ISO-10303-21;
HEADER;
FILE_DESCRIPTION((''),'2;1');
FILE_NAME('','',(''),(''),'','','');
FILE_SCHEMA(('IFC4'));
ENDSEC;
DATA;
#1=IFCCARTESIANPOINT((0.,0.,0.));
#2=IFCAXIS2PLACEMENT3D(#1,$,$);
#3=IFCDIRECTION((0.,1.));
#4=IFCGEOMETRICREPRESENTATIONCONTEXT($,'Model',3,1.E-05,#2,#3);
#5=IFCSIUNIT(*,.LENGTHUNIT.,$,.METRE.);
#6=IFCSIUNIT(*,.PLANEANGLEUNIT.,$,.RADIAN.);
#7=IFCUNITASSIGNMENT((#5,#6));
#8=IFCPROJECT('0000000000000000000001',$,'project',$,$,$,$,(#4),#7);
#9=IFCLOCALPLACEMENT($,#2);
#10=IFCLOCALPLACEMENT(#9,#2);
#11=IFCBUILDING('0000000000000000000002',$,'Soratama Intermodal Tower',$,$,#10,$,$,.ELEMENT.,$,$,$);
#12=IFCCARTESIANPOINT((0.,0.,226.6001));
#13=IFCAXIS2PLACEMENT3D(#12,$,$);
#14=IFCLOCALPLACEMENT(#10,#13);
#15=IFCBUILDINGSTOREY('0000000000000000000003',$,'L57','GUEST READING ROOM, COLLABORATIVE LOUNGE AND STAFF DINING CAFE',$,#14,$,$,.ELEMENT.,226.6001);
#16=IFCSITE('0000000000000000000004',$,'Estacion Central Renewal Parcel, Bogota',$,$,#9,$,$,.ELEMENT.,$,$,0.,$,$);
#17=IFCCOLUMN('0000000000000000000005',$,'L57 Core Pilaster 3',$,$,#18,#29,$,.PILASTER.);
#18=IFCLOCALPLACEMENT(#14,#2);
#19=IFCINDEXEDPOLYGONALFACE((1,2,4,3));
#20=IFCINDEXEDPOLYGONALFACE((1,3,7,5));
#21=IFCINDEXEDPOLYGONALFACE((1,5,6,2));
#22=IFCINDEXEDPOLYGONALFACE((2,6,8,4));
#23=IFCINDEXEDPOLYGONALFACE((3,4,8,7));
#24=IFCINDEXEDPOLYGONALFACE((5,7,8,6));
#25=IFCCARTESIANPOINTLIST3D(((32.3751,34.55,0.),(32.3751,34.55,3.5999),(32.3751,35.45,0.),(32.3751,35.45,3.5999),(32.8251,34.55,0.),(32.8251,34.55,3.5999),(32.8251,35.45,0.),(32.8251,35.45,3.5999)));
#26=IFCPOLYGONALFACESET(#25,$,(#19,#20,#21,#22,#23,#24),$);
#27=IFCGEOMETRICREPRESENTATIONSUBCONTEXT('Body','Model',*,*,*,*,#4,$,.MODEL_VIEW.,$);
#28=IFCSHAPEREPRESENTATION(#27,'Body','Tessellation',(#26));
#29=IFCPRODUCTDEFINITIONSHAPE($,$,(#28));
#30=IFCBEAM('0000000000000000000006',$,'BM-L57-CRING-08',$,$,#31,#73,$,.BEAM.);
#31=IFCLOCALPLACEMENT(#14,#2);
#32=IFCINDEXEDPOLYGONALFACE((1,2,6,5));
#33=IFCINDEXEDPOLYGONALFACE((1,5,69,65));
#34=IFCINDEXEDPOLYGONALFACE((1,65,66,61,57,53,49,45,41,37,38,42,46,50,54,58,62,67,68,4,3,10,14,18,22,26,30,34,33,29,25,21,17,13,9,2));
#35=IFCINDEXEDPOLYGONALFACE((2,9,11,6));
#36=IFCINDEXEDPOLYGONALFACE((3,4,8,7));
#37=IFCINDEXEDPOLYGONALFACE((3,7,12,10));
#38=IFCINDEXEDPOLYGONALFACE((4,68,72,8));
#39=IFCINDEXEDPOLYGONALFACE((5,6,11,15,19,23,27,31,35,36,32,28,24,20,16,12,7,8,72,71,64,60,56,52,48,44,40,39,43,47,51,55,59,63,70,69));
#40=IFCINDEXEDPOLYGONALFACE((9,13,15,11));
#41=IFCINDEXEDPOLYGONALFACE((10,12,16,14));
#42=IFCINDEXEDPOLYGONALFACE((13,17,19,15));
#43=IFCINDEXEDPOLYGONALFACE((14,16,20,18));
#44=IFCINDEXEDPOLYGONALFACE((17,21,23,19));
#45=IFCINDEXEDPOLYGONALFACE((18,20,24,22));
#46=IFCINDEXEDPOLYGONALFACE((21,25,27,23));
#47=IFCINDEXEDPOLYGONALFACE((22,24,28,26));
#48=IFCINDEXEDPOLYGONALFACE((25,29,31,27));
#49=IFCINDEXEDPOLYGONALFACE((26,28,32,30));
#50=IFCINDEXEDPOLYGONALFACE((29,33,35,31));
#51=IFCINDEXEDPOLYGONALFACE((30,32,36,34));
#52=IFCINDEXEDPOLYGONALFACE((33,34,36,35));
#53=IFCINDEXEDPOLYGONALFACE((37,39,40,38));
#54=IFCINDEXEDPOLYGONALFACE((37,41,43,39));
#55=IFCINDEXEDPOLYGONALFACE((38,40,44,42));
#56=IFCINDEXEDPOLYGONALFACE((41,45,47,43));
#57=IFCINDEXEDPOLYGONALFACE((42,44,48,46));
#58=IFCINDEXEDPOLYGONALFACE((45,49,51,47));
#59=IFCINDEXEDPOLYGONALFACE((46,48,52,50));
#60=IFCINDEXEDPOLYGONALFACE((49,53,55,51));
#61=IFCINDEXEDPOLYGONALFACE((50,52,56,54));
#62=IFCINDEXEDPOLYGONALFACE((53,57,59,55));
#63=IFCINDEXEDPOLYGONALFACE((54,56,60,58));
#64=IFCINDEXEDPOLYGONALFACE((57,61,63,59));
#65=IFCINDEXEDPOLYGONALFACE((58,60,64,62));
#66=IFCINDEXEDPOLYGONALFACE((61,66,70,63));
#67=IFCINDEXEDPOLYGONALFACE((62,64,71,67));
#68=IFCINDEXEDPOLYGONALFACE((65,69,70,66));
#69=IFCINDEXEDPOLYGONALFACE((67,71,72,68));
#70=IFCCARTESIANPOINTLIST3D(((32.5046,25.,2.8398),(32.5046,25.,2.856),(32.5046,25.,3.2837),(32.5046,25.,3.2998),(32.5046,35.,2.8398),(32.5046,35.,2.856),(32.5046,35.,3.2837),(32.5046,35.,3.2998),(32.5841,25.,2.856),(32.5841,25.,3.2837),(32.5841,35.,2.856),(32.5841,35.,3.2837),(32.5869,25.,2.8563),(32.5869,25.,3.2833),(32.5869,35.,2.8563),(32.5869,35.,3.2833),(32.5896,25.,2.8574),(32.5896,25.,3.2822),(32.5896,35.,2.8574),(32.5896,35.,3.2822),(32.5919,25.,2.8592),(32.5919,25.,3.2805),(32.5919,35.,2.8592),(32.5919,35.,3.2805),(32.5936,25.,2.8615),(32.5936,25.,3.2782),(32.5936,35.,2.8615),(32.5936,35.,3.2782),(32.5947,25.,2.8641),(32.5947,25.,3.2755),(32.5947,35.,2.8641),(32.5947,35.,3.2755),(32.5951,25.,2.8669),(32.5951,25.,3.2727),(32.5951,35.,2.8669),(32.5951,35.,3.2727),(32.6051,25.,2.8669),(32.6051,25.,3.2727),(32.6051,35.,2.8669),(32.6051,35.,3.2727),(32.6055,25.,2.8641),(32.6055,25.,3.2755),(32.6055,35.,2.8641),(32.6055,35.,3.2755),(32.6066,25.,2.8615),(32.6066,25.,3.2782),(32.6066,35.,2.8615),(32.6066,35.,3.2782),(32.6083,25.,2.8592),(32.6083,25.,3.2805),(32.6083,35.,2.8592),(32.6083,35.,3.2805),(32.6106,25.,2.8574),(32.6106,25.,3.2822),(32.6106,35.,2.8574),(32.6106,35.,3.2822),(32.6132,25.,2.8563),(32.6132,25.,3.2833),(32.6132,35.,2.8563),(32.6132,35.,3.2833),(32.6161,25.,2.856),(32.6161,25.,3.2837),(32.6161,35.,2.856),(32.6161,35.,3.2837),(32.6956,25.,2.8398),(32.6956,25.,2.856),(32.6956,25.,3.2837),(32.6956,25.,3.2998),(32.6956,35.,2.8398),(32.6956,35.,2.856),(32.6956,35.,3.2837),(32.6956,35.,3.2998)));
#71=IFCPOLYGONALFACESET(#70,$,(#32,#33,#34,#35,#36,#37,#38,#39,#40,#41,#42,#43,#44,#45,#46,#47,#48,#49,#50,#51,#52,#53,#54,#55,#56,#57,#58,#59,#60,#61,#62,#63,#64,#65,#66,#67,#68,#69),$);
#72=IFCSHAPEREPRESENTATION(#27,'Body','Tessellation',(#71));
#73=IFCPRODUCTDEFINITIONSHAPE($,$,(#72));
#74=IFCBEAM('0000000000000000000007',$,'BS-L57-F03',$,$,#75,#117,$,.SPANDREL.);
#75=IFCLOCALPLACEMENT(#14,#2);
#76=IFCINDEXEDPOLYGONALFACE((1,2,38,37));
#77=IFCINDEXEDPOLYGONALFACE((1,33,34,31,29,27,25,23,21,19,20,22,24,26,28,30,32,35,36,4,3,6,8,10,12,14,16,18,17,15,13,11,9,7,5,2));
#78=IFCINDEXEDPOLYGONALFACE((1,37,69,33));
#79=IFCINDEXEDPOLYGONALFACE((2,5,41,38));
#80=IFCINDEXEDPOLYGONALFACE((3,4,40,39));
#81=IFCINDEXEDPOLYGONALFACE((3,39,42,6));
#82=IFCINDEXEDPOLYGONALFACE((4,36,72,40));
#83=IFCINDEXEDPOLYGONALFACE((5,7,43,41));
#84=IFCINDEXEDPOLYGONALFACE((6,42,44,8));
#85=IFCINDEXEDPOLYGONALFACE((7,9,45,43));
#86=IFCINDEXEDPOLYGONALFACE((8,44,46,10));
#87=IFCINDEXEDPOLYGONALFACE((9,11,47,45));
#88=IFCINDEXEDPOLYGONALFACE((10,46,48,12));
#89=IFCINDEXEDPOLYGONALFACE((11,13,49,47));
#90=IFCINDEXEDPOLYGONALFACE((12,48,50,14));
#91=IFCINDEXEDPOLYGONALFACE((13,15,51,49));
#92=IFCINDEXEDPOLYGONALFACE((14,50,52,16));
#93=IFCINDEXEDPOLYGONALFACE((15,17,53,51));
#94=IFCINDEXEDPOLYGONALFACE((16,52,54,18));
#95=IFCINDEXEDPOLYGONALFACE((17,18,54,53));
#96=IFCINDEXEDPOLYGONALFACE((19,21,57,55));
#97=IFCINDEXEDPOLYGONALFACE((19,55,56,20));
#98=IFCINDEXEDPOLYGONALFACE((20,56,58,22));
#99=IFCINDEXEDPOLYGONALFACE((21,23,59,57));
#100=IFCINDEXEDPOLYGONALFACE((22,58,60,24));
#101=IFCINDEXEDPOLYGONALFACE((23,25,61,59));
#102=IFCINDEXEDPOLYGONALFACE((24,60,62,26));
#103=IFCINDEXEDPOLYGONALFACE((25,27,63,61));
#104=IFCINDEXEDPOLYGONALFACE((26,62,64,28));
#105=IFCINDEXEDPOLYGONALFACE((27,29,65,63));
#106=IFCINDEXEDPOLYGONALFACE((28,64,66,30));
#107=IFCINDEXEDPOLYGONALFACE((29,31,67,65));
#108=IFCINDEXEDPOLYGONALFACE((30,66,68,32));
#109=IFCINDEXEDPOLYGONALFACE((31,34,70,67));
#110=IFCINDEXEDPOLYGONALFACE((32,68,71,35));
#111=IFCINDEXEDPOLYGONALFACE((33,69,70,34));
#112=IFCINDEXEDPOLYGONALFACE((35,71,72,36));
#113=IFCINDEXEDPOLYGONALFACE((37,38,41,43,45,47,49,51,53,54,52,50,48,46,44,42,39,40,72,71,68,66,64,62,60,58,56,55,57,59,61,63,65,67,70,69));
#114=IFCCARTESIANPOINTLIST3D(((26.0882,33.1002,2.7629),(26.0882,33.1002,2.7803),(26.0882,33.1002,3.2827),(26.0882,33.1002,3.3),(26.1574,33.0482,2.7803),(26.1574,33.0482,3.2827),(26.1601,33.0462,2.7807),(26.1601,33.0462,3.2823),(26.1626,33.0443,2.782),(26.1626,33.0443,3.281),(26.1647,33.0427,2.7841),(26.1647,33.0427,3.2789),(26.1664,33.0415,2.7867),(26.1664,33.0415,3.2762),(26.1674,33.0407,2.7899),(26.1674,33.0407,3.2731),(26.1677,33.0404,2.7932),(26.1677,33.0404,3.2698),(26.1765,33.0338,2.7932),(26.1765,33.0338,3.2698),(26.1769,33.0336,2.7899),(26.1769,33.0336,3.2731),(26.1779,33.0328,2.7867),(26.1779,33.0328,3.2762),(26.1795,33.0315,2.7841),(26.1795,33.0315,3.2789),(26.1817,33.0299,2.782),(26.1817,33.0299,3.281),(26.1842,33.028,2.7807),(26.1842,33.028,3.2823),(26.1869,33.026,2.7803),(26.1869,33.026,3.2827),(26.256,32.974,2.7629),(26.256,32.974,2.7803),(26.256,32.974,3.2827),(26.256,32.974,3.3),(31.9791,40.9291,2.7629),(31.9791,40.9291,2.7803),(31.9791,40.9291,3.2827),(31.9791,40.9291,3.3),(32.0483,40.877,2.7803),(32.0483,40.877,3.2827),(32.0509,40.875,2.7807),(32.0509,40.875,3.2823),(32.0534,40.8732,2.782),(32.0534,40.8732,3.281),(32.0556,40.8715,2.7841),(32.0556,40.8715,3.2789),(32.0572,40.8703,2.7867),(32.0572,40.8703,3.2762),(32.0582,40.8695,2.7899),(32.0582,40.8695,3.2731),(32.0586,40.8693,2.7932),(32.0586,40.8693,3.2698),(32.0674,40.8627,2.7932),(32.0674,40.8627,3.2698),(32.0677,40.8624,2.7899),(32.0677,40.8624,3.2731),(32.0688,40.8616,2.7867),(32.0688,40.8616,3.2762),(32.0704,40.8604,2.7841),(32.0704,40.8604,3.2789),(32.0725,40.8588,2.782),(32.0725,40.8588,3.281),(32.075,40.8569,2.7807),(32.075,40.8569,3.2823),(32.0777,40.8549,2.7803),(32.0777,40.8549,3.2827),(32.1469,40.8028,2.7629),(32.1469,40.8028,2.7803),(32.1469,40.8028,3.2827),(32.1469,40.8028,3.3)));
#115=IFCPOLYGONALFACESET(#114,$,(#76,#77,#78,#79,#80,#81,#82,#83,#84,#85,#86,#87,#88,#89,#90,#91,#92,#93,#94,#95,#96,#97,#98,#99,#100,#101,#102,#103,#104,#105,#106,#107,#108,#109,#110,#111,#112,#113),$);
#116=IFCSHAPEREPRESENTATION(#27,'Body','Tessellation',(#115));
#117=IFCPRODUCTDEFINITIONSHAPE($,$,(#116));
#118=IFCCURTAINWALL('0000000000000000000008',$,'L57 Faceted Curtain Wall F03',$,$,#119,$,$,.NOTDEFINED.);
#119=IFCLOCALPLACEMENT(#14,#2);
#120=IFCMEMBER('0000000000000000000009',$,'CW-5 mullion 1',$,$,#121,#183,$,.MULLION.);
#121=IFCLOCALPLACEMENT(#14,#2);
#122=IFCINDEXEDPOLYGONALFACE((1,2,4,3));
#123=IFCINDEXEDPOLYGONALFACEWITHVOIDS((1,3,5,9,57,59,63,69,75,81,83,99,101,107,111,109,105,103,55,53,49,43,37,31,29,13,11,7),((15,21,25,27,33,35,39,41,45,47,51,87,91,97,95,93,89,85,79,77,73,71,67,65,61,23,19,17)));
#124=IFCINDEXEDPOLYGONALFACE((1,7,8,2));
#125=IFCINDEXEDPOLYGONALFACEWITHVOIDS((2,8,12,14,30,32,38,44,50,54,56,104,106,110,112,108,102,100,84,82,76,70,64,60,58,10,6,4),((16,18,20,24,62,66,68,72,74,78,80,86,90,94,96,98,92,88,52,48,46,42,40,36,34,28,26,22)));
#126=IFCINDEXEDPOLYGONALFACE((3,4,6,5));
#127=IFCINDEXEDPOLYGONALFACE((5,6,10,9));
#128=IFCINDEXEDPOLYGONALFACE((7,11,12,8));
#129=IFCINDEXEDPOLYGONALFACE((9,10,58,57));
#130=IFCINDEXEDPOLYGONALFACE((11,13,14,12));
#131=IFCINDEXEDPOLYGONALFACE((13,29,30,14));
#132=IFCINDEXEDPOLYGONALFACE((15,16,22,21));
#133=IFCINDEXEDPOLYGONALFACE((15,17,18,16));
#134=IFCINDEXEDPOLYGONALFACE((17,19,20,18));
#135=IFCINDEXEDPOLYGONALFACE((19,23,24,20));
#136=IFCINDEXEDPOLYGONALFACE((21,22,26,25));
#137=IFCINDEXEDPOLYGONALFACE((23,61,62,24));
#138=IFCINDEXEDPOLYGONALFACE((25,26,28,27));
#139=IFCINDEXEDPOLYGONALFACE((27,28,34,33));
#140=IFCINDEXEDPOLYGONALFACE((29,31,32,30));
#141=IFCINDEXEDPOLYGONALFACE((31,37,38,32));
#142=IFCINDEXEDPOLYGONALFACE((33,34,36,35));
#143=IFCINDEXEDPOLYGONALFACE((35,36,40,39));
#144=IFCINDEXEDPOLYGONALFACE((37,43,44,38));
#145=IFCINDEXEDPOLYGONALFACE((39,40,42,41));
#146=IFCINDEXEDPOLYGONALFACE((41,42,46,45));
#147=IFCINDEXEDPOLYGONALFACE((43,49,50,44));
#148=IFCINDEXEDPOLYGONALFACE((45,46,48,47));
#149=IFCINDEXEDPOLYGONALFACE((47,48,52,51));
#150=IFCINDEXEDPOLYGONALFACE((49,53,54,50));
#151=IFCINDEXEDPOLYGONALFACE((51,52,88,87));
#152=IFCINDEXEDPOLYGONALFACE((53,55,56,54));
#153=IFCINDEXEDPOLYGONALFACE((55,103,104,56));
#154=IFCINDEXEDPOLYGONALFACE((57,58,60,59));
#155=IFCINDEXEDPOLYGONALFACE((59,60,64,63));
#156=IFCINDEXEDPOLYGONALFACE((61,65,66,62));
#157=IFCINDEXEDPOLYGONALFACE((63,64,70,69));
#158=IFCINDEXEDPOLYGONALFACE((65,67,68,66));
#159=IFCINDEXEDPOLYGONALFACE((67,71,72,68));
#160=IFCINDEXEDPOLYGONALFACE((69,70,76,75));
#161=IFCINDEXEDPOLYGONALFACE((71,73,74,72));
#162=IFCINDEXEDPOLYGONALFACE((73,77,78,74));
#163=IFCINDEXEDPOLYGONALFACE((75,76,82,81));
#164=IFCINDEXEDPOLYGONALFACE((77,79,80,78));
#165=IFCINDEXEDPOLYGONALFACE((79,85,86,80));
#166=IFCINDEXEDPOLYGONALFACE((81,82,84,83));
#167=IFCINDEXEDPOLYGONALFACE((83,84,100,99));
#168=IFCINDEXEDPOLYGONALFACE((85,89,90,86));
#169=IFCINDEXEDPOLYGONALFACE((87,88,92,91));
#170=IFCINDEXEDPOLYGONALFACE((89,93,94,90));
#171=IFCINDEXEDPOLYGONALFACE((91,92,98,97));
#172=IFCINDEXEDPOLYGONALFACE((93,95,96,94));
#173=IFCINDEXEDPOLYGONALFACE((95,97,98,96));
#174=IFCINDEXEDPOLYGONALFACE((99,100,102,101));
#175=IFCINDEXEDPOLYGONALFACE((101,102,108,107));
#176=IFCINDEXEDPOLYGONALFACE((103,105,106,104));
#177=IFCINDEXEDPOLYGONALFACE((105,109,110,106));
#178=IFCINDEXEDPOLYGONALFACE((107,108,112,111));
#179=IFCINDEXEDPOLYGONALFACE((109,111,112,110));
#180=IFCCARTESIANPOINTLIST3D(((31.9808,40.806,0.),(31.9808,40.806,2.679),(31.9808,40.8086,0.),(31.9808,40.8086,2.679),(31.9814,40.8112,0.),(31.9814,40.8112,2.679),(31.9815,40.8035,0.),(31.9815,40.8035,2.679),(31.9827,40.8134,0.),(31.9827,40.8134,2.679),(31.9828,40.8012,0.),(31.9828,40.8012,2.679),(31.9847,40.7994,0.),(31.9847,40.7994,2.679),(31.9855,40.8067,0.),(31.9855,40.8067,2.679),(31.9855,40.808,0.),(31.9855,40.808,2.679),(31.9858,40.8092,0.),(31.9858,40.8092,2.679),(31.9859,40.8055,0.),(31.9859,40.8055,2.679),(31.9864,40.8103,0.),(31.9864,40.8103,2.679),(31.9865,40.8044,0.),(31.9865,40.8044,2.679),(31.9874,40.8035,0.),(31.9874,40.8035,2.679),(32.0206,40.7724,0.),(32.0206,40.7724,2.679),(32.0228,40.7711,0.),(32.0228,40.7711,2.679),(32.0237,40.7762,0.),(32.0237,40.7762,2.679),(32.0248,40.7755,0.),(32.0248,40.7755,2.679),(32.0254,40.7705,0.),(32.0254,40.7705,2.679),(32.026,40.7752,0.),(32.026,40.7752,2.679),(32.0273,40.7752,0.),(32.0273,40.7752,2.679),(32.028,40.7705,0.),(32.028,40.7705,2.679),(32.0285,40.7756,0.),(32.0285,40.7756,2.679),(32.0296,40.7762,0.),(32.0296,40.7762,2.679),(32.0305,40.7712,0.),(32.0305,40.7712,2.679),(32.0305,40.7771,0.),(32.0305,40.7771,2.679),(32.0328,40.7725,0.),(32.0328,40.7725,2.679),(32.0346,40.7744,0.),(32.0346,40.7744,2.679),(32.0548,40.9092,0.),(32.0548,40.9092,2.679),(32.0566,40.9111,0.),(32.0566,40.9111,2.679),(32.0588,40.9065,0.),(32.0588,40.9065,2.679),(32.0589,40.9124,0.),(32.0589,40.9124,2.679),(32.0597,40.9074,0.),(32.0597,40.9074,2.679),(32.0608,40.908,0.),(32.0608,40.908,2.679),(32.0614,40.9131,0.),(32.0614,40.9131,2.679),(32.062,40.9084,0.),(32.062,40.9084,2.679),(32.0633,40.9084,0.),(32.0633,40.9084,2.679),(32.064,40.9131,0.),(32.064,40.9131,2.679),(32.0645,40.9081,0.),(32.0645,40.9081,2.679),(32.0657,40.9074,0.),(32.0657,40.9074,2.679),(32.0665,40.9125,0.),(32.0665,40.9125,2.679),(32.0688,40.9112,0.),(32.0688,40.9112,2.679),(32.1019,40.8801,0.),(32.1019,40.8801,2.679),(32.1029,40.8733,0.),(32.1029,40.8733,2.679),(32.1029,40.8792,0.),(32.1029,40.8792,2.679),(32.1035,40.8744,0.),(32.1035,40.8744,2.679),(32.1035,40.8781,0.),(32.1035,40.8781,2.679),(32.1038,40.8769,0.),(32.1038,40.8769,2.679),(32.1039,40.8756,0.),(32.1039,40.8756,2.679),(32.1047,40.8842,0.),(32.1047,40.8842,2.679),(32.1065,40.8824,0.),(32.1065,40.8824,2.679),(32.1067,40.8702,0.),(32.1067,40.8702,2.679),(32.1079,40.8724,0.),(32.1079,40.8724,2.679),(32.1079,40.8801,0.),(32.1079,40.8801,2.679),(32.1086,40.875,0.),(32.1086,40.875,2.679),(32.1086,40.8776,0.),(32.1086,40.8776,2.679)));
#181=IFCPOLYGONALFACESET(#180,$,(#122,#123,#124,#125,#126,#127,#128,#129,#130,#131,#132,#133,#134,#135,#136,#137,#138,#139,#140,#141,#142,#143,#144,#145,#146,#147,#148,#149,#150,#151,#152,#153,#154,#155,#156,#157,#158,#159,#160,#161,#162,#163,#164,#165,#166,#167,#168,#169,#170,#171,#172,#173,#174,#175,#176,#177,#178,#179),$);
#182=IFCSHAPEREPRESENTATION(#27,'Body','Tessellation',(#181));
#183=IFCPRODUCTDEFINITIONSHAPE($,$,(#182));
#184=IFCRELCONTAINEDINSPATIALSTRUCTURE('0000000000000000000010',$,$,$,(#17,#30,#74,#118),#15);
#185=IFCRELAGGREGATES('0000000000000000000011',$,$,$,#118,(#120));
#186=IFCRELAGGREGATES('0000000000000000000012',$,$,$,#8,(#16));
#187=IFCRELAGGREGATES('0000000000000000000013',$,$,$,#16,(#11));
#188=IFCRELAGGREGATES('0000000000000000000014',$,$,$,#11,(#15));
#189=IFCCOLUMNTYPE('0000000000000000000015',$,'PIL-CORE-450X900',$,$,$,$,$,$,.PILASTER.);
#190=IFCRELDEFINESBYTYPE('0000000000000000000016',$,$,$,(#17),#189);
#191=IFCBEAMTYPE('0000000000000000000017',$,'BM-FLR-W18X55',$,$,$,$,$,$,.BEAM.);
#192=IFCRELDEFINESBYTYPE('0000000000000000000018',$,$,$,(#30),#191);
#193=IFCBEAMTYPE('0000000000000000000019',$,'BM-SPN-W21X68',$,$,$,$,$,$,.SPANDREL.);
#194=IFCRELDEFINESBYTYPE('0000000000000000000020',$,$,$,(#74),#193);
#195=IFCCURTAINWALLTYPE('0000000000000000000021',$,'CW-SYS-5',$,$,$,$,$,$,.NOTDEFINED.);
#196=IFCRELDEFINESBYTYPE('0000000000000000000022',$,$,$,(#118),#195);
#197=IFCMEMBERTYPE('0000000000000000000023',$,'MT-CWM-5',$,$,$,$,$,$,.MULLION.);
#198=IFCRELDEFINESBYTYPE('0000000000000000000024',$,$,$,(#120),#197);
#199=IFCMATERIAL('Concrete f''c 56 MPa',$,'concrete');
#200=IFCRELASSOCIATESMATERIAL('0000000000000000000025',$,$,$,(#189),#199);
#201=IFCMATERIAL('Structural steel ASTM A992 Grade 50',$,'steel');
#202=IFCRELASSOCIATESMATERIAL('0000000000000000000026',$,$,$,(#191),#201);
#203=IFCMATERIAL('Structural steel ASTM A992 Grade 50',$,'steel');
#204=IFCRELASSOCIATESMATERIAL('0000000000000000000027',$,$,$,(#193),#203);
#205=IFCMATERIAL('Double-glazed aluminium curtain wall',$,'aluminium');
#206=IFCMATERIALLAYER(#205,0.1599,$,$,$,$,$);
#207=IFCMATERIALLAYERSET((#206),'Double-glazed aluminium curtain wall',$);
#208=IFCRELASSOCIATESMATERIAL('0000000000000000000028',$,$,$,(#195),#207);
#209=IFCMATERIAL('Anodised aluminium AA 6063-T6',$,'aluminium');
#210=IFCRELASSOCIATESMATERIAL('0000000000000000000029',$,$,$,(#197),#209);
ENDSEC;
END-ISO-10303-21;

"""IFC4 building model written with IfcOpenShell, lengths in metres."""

from ifc_helpers import new_model, si_unit, direction, frame, origin, origin_2d, place, context, subcontext, project, spatial, rectangle, hollow_rectangle, i_section, extrude, material, layer, layer_set, material_profile, profile_set, type_object, element, aggregate, save


model = new_model("IFC4")

# Units and contexts
model_context = context("Model", 3, precision=1e-05, world=origin(), true_north=direction((0.0, 1.0)))
body_context = subcontext(model_context, "Body", "Model", "MODEL_VIEW")
ifc_project = project(units=[si_unit("LENGTHUNIT", "METRE"), si_unit("PLANEANGLEUNIT", "RADIAN")], contexts=[model_context])

# Site, building, storey
site_placement = place(None, origin())
site = spatial("IfcSite", under=ifc_project, at=site_placement, Name="Estacion Central Renewal Parcel, Bogota", CompositionType="ELEMENT", RefElevation=0.0)
building_placement = place(site_placement, origin())
building = spatial("IfcBuilding", under=site, at=building_placement, Name="Soratama Intermodal Tower", CompositionType="ELEMENT")
storey_placement = place(building_placement, frame((0.0, 0.0, 226.6001)))
storey = spatial("IfcBuildingStorey", under=building, at=storey_placement, Name="L57", Description="GUEST READING ROOM, COLLABORATIVE LOUNGE AND STAFF DINING CAFE", CompositionType="ELEMENT", Elevation=226.6001)

# Column
ifc_material_1 = material(Name="Concrete f'c 56 MPa", Category="concrete")
ifc_material_profile_1 = material_profile(ifc_material_1, rectangle(XDim=0.45, YDim=0.8999, at=origin_2d()), Name="RC450X900")
ifc_profile_set_1 = profile_set([ifc_material_profile_1], Name="Concrete f'c 56 MPa")
column_type = type_object("IfcColumnType", Name="PIL-CORE-450X900", PredefinedType="PILASTER", material=ifc_profile_set_1)
column_placement = place(storey_placement, frame((32.6001, 35.0, 0.0), z_axis=(0.0, 0.0, 1.0), x_axis=(1.0, 0.0, 0.0)))
element("IfcColumn", 1, at=column_placement, inside=storey, type_object=column_type, Name="L57 Core Pilaster 3", PredefinedType="PILASTER", context=body_context, shape_type="SweptSolid", body=[
    extrude(rectangle(XDim=0.45, YDim=0.8999, at=origin_2d()), origin(), (0.0, 0.0, 1.0), 3.5999),
])

# Beams
ifc_material_2 = material(Name="Structural steel ASTM A992 Grade 50", Category="steel")
ifc_material_profile_2 = material_profile(ifc_material_2, i_section(OverallWidth=0.1909, OverallDepth=0.46, WebThickness=0.01, FlangeThickness=0.0161, FilletRadius=0.011, at=origin_2d()), Name="W18X55")
ifc_profile_set_2 = profile_set([ifc_material_profile_2], Name="Structural steel ASTM A992 Grade 50")
beam_type_1 = type_object("IfcBeamType", Name="BM-FLR-W18X55", PredefinedType="BEAM", material=ifc_profile_set_2)
beam_1_placement = place(storey_placement, frame((32.6001, 35.0, 3.0698), z_axis=(0.0, -1.0, 0.0), x_axis=(1.0, 0.0, 0.0)))
element("IfcBeam", 2, at=beam_1_placement, inside=storey, type_object=beam_type_1, Name="BM-L57-CRING-08", PredefinedType="BEAM", context=body_context, shape_type="SweptSolid", body=[
    extrude(i_section(OverallWidth=0.1909, OverallDepth=0.46, WebThickness=0.01, FlangeThickness=0.0161, FilletRadius=0.011, at=origin_2d()), origin(), (0.0, 0.0, 1.0), 10.0),
])
ifc_material_3 = material(Name="Structural steel ASTM A992 Grade 50", Category="steel")
ifc_material_profile_3 = material_profile(ifc_material_3, i_section(OverallWidth=0.21, OverallDepth=0.5371, WebThickness=0.011, FlangeThickness=0.0173, FilletRadius=0.0129, at=origin_2d()), Name="W21X68")
ifc_profile_set_3 = profile_set([ifc_material_profile_3], Name="Structural steel ASTM A992 Grade 50")
beam_type_2 = type_object("IfcBeamType", Name="BM-SPN-W21X68", PredefinedType="SPANDREL", material=ifc_profile_set_3)
beam_2_placement = place(storey_placement, frame((32.063, 40.866, 3.0315), z_axis=(-0.601255, -0.799057, 0.0), x_axis=(0.799057, -0.601255, 0.0)))
element("IfcBeam", 3, at=beam_2_placement, inside=storey, type_object=beam_type_2, Name="BS-L57-F03", PredefinedType="SPANDREL", context=body_context, shape_type="SweptSolid", body=[
    extrude(i_section(OverallWidth=0.21, OverallDepth=0.5371, WebThickness=0.011, FlangeThickness=0.0173, FilletRadius=0.0129, at=origin_2d()), origin(), (0.0, 0.0, 1.0), 9.7976),
])

# Curtain wall, member
ifc_material_4 = material(Name="Double-glazed aluminium curtain wall", Category="aluminium")
ifc_layer_1 = layer(ifc_material_4, 0.1599)
ifc_layer_set_1 = layer_set([ifc_layer_1], Name="Double-glazed aluminium curtain wall")
curtain_wall_type = type_object("IfcCurtainWallType", Name="CW-SYS-5", PredefinedType="NOTDEFINED", material=ifc_layer_set_1)
curtain_wall_placement = place(storey_placement, origin())
curtain_wall = element("IfcCurtainWall", 4, at=curtain_wall_placement, inside=storey, type_object=curtain_wall_type, Name="L57 Faceted Curtain Wall F03", PredefinedType="NOTDEFINED")
ifc_material_5 = material(Name="Anodised aluminium AA 6063-T6", Category="aluminium")
ifc_material_profile_4 = material_profile(ifc_material_5, hollow_rectangle(XDim=0.0649, YDim=0.1399, WallThickness=0.0049, InnerFilletRadius=0.0049, OuterFilletRadius=0.01, at=origin_2d()), Name="CWM140X65X5")
ifc_profile_set_4 = profile_set([ifc_material_profile_4], Name="Anodised aluminium AA 6063-T6")
member_type_1 = type_object("IfcMemberType", Name="MT-CWM-5", PredefinedType="MULLION", material=ifc_profile_set_4)
member_1_placement = place(storey_placement, frame((32.0447, 40.8418, 0.0), z_axis=(0.0, 0.0, 1.0), x_axis=(0.799052, -0.601262, 0.0)))
member_1 = element("IfcMember", 5, at=member_1_placement, type_object=member_type_1, Name="CW-5 mullion 1", PredefinedType="MULLION", context=body_context, shape_type="SweptSolid", body=[
    extrude(hollow_rectangle(XDim=0.0649, YDim=0.1399, WallThickness=0.0049, InnerFilletRadius=0.0049, OuterFilletRadius=0.01, at=origin_2d()), origin(), (0.0, 0.0, 1.0), 2.679),
])
aggregate(curtain_wall, [member_1])

save(model, "model.ifc")
